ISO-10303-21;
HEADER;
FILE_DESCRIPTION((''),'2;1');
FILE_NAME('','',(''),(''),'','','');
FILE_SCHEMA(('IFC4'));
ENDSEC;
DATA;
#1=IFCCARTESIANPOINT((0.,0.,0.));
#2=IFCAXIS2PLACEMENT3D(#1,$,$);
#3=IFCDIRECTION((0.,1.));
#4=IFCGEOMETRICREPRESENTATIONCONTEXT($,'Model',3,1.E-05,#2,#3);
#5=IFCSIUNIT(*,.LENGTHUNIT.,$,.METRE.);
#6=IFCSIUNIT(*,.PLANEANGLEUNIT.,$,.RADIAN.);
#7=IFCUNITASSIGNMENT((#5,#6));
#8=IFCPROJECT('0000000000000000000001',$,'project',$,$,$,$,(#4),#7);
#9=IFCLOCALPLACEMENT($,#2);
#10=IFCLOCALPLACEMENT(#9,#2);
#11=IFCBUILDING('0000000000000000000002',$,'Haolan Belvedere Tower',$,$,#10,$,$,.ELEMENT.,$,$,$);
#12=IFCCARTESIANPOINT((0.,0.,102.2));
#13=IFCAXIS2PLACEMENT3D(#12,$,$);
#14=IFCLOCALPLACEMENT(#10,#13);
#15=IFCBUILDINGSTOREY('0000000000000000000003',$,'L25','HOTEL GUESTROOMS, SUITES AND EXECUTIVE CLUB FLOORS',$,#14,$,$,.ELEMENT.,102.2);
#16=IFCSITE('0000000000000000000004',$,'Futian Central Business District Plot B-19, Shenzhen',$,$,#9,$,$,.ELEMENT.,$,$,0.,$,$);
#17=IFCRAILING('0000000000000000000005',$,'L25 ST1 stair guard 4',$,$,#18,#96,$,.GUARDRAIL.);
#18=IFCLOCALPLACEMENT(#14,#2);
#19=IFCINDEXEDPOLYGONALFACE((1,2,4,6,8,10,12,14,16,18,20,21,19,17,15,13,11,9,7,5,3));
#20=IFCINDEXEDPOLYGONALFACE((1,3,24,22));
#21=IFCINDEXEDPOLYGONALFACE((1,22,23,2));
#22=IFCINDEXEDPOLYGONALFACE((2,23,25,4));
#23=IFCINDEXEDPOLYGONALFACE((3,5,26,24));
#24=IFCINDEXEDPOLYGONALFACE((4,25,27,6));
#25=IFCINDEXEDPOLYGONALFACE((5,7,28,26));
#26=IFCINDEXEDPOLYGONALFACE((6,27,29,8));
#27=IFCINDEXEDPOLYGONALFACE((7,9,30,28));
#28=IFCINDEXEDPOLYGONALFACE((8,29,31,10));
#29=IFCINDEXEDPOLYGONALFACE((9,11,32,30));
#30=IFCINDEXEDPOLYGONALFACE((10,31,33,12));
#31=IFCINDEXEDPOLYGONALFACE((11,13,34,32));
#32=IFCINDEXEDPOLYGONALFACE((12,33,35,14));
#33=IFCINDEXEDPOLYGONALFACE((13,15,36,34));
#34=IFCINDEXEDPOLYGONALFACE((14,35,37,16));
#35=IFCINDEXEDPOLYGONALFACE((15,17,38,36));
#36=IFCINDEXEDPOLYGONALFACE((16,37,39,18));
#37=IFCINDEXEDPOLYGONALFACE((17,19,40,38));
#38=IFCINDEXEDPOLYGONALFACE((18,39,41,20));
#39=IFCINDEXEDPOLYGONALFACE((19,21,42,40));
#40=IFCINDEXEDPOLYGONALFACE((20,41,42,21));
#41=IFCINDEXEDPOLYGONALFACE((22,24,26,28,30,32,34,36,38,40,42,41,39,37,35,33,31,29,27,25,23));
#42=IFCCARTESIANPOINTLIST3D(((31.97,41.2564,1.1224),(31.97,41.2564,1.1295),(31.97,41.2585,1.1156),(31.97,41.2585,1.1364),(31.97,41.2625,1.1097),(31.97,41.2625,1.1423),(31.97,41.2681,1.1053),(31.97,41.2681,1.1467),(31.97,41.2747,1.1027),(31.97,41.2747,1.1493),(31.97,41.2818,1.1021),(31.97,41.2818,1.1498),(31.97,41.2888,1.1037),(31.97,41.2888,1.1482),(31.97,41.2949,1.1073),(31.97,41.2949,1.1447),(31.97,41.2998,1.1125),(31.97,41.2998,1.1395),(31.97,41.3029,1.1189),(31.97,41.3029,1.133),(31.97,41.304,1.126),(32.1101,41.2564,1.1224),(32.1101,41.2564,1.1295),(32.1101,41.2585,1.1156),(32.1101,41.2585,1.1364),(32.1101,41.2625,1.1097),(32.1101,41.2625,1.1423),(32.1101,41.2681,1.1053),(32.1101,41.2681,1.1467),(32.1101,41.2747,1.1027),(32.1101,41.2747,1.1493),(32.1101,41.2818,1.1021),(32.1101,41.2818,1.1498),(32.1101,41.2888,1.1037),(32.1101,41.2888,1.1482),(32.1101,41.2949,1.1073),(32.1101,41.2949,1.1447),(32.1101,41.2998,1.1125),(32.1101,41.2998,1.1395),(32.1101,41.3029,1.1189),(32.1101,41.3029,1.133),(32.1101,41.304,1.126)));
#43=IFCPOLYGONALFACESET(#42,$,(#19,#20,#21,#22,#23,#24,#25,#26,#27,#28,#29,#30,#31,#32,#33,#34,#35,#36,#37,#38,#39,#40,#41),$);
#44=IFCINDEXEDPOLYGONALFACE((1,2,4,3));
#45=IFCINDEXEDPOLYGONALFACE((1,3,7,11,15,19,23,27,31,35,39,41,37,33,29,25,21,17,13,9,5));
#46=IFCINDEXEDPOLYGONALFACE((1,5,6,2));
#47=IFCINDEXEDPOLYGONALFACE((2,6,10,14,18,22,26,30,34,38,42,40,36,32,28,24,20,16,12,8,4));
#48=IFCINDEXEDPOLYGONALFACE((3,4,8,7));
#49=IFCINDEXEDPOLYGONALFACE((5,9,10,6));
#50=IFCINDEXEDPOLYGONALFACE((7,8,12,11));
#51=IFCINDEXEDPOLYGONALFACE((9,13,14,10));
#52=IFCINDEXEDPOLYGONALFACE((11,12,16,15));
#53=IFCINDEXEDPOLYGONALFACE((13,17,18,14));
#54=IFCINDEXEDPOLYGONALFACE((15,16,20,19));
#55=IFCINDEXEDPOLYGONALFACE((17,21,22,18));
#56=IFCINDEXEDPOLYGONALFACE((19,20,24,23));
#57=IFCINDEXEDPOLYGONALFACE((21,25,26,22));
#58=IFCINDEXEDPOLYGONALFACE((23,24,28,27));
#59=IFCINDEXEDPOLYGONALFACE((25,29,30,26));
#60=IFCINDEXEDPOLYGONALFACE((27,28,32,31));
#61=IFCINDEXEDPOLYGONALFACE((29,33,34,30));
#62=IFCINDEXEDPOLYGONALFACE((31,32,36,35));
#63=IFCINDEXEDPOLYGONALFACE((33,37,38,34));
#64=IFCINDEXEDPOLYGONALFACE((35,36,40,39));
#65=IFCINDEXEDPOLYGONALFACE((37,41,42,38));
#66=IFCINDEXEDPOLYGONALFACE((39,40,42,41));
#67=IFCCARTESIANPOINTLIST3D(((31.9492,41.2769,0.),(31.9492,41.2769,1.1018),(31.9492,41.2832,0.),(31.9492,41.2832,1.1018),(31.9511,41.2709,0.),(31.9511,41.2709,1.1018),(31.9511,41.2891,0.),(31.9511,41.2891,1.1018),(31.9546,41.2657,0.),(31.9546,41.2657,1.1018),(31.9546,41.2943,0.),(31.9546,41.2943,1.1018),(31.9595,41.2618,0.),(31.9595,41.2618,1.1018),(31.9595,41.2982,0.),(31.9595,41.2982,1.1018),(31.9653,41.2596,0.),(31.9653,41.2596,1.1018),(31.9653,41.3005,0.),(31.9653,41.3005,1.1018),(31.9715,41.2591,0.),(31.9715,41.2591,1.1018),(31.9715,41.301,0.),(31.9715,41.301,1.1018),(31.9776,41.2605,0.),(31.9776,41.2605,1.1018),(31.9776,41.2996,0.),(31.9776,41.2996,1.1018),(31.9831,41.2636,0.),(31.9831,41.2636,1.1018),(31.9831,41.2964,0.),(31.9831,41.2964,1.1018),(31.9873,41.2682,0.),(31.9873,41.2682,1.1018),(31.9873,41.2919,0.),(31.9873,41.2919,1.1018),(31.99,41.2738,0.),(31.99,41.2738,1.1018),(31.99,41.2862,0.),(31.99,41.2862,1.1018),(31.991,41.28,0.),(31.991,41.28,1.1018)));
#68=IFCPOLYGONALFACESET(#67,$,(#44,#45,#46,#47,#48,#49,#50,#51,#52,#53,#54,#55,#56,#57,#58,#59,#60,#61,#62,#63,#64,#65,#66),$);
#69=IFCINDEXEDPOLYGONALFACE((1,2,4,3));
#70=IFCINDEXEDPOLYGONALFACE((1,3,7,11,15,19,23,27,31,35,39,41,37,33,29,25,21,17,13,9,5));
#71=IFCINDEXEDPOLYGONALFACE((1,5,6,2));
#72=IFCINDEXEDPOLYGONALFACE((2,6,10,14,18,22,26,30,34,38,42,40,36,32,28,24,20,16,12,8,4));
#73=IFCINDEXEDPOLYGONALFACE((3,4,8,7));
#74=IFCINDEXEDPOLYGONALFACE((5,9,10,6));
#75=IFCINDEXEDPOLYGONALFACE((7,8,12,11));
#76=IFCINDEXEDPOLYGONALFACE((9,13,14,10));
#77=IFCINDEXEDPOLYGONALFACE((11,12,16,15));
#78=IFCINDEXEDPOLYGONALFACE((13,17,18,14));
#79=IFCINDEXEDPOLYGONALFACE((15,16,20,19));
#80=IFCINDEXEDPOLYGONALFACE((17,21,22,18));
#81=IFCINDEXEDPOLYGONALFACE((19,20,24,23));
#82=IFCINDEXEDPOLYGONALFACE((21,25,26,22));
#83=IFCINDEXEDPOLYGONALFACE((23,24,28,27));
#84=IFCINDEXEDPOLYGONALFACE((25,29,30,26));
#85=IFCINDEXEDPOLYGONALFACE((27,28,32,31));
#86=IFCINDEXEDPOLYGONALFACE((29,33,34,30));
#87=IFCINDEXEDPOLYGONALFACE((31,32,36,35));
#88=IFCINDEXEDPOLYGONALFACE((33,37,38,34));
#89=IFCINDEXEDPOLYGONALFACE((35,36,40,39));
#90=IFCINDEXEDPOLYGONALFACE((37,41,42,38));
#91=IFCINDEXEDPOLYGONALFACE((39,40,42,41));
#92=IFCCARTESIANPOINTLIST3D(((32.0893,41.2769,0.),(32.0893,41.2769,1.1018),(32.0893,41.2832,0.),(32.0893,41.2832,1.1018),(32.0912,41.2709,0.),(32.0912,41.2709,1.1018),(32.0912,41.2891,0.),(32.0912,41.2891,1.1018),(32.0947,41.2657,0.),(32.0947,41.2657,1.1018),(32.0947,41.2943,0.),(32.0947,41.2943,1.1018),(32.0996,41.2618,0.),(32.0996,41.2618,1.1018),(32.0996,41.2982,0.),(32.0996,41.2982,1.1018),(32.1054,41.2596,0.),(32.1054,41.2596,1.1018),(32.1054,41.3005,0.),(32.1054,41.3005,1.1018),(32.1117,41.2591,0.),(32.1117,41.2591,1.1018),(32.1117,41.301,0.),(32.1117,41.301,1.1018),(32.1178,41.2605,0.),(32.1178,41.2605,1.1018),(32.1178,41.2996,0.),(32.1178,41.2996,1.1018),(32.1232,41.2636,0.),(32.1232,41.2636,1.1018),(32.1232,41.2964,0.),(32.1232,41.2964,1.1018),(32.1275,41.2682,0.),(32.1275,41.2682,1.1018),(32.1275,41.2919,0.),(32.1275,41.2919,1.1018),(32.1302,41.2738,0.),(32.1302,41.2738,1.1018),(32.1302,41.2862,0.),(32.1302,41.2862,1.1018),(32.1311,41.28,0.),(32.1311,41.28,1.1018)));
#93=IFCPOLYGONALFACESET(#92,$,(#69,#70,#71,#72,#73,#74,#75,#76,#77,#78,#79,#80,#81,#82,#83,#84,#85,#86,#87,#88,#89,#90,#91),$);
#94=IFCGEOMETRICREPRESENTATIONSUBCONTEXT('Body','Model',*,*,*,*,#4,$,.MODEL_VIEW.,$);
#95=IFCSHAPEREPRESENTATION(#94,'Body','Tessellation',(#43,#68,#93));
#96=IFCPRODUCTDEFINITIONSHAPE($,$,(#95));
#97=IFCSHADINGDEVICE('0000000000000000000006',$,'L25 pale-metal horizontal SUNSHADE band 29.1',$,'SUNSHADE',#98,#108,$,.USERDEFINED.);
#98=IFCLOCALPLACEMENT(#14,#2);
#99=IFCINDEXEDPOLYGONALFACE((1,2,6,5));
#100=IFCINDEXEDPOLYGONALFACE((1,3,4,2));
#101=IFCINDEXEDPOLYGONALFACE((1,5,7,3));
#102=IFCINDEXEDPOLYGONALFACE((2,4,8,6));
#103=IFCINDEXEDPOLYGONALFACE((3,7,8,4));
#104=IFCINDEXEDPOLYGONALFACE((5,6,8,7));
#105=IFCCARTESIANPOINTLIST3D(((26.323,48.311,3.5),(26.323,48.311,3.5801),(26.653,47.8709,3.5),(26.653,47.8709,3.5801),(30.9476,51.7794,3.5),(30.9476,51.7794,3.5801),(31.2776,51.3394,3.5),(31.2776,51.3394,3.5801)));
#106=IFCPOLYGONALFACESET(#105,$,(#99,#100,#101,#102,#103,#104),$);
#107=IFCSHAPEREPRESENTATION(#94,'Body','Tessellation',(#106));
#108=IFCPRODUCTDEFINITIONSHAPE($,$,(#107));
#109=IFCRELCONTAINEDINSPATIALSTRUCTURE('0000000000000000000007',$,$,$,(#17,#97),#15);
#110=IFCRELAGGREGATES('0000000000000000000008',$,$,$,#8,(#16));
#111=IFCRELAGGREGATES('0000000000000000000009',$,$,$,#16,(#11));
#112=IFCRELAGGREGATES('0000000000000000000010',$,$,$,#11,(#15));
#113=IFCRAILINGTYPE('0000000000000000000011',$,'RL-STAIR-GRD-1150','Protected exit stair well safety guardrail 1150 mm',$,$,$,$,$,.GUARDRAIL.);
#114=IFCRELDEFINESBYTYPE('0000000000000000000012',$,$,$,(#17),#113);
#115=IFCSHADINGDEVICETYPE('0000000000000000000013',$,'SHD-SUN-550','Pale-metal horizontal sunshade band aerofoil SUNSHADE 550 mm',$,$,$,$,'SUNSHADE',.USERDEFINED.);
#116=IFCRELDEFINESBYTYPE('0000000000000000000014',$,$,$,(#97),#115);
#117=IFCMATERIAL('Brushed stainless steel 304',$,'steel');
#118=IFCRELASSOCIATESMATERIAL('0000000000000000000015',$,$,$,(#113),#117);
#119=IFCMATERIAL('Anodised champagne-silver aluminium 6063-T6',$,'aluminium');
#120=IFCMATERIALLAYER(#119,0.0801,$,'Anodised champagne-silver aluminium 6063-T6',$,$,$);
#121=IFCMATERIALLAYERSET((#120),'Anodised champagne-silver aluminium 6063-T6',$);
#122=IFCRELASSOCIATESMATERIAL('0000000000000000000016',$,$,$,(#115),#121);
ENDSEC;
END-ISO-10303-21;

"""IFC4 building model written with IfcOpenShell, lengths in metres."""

from ifc_helpers import new_model, si_unit, direction, frame, origin, origin_2d, place, context, subcontext, project, spatial, rectangle, circle, extrude, material, layer, layer_set, type_object, element, save


model = new_model("IFC4")

# Units and contexts
model_context = context("Model", 3, precision=1e-05, world=origin(), true_north=direction((0.0, 1.0)))
body_context = subcontext(model_context, "Body", "Model", "MODEL_VIEW")
ifc_project = project(units=[si_unit("LENGTHUNIT", "METRE"), si_unit("PLANEANGLEUNIT", "RADIAN")], contexts=[model_context])

# Site, building, storey
site_placement = place(None, origin())
site = spatial("IfcSite", under=ifc_project, at=site_placement, Name="Futian Central Business District Plot B-19, Shenzhen", CompositionType="ELEMENT", RefElevation=0.0)
building_placement = place(site_placement, origin())
building = spatial("IfcBuilding", under=site, at=building_placement, Name="Haolan Belvedere Tower", CompositionType="ELEMENT")
storey_placement = place(building_placement, frame((0.0, 0.0, 102.2)))
storey = spatial("IfcBuildingStorey", under=building, at=storey_placement, Name="L25", Description="HOTEL GUESTROOMS, SUITES AND EXECUTIVE CLUB FLOORS", CompositionType="ELEMENT", Elevation=102.2)

# Railing
ifc_material_1 = material(Name="Brushed stainless steel 304", Category="steel")
railing_type = type_object("IfcRailingType", Name="RL-STAIR-GRD-1150", Description="Protected exit stair well safety guardrail 1150 mm", PredefinedType="GUARDRAIL", material=ifc_material_1)
railing_1_placement = place(storey_placement, frame((31.97, 41.28, 0.0)))
element("IfcRailing", 1, at=railing_1_placement, inside=storey, type_object=railing_type, Name="L25 ST1 stair guard 4", PredefinedType="GUARDRAIL", context=body_context, shape_type="SweptSolid", body=[
    extrude(circle(Radius=0.0239, at=origin_2d()), frame((0.0, 0.0, 1.126), z_axis=(1.0, 0.0, 0.0), x_axis=(0.0, 1.0, 0.0)), (0.0, 0.0, 1.0), 0.1401),
    extrude(circle(Radius=0.021, at=origin_2d()), origin(), (0.0, 0.0, 1.0), 1.1018),
    extrude(circle(Radius=0.021, at=origin_2d()), frame((0.1401, 0.0, 0.0)), (0.0, 0.0, 1.0), 1.1018),
])

# Shading device
ifc_material_2 = material(Name="Anodised champagne-silver aluminium 6063-T6", Category="aluminium")
ifc_layer_1 = layer(ifc_material_2, 0.0801, Name="Anodised champagne-silver aluminium 6063-T6")
ifc_layer_set_1 = layer_set([ifc_layer_1], Name="Anodised champagne-silver aluminium 6063-T6")
shading_device_type = type_object("IfcShadingDeviceType", Name="SHD-SUN-550", Description="Pale-metal horizontal sunshade band aerofoil SUNSHADE 550 mm", ElementType="SUNSHADE", PredefinedType="USERDEFINED", material=ifc_layer_set_1)
shading_device_placement = place(storey_placement, frame((28.8003, 49.8252, 3.5), z_axis=(0.0, 0.0, 1.0), x_axis=(-0.799999, -0.600001, 0.0)))
element("IfcShadingDevice", 2, at=shading_device_placement, inside=storey, type_object=shading_device_type, Name="L25 pale-metal horizontal SUNSHADE band 29.1", ObjectType="SUNSHADE", PredefinedType="USERDEFINED", context=body_context, shape_type="SweptSolid", body=[
    extrude(rectangle(XDim=5.7808, YDim=0.55, at=origin_2d()), origin(), (0.0, 0.0, 1.0), 0.0801),
])

save(model, "model.ifc")
